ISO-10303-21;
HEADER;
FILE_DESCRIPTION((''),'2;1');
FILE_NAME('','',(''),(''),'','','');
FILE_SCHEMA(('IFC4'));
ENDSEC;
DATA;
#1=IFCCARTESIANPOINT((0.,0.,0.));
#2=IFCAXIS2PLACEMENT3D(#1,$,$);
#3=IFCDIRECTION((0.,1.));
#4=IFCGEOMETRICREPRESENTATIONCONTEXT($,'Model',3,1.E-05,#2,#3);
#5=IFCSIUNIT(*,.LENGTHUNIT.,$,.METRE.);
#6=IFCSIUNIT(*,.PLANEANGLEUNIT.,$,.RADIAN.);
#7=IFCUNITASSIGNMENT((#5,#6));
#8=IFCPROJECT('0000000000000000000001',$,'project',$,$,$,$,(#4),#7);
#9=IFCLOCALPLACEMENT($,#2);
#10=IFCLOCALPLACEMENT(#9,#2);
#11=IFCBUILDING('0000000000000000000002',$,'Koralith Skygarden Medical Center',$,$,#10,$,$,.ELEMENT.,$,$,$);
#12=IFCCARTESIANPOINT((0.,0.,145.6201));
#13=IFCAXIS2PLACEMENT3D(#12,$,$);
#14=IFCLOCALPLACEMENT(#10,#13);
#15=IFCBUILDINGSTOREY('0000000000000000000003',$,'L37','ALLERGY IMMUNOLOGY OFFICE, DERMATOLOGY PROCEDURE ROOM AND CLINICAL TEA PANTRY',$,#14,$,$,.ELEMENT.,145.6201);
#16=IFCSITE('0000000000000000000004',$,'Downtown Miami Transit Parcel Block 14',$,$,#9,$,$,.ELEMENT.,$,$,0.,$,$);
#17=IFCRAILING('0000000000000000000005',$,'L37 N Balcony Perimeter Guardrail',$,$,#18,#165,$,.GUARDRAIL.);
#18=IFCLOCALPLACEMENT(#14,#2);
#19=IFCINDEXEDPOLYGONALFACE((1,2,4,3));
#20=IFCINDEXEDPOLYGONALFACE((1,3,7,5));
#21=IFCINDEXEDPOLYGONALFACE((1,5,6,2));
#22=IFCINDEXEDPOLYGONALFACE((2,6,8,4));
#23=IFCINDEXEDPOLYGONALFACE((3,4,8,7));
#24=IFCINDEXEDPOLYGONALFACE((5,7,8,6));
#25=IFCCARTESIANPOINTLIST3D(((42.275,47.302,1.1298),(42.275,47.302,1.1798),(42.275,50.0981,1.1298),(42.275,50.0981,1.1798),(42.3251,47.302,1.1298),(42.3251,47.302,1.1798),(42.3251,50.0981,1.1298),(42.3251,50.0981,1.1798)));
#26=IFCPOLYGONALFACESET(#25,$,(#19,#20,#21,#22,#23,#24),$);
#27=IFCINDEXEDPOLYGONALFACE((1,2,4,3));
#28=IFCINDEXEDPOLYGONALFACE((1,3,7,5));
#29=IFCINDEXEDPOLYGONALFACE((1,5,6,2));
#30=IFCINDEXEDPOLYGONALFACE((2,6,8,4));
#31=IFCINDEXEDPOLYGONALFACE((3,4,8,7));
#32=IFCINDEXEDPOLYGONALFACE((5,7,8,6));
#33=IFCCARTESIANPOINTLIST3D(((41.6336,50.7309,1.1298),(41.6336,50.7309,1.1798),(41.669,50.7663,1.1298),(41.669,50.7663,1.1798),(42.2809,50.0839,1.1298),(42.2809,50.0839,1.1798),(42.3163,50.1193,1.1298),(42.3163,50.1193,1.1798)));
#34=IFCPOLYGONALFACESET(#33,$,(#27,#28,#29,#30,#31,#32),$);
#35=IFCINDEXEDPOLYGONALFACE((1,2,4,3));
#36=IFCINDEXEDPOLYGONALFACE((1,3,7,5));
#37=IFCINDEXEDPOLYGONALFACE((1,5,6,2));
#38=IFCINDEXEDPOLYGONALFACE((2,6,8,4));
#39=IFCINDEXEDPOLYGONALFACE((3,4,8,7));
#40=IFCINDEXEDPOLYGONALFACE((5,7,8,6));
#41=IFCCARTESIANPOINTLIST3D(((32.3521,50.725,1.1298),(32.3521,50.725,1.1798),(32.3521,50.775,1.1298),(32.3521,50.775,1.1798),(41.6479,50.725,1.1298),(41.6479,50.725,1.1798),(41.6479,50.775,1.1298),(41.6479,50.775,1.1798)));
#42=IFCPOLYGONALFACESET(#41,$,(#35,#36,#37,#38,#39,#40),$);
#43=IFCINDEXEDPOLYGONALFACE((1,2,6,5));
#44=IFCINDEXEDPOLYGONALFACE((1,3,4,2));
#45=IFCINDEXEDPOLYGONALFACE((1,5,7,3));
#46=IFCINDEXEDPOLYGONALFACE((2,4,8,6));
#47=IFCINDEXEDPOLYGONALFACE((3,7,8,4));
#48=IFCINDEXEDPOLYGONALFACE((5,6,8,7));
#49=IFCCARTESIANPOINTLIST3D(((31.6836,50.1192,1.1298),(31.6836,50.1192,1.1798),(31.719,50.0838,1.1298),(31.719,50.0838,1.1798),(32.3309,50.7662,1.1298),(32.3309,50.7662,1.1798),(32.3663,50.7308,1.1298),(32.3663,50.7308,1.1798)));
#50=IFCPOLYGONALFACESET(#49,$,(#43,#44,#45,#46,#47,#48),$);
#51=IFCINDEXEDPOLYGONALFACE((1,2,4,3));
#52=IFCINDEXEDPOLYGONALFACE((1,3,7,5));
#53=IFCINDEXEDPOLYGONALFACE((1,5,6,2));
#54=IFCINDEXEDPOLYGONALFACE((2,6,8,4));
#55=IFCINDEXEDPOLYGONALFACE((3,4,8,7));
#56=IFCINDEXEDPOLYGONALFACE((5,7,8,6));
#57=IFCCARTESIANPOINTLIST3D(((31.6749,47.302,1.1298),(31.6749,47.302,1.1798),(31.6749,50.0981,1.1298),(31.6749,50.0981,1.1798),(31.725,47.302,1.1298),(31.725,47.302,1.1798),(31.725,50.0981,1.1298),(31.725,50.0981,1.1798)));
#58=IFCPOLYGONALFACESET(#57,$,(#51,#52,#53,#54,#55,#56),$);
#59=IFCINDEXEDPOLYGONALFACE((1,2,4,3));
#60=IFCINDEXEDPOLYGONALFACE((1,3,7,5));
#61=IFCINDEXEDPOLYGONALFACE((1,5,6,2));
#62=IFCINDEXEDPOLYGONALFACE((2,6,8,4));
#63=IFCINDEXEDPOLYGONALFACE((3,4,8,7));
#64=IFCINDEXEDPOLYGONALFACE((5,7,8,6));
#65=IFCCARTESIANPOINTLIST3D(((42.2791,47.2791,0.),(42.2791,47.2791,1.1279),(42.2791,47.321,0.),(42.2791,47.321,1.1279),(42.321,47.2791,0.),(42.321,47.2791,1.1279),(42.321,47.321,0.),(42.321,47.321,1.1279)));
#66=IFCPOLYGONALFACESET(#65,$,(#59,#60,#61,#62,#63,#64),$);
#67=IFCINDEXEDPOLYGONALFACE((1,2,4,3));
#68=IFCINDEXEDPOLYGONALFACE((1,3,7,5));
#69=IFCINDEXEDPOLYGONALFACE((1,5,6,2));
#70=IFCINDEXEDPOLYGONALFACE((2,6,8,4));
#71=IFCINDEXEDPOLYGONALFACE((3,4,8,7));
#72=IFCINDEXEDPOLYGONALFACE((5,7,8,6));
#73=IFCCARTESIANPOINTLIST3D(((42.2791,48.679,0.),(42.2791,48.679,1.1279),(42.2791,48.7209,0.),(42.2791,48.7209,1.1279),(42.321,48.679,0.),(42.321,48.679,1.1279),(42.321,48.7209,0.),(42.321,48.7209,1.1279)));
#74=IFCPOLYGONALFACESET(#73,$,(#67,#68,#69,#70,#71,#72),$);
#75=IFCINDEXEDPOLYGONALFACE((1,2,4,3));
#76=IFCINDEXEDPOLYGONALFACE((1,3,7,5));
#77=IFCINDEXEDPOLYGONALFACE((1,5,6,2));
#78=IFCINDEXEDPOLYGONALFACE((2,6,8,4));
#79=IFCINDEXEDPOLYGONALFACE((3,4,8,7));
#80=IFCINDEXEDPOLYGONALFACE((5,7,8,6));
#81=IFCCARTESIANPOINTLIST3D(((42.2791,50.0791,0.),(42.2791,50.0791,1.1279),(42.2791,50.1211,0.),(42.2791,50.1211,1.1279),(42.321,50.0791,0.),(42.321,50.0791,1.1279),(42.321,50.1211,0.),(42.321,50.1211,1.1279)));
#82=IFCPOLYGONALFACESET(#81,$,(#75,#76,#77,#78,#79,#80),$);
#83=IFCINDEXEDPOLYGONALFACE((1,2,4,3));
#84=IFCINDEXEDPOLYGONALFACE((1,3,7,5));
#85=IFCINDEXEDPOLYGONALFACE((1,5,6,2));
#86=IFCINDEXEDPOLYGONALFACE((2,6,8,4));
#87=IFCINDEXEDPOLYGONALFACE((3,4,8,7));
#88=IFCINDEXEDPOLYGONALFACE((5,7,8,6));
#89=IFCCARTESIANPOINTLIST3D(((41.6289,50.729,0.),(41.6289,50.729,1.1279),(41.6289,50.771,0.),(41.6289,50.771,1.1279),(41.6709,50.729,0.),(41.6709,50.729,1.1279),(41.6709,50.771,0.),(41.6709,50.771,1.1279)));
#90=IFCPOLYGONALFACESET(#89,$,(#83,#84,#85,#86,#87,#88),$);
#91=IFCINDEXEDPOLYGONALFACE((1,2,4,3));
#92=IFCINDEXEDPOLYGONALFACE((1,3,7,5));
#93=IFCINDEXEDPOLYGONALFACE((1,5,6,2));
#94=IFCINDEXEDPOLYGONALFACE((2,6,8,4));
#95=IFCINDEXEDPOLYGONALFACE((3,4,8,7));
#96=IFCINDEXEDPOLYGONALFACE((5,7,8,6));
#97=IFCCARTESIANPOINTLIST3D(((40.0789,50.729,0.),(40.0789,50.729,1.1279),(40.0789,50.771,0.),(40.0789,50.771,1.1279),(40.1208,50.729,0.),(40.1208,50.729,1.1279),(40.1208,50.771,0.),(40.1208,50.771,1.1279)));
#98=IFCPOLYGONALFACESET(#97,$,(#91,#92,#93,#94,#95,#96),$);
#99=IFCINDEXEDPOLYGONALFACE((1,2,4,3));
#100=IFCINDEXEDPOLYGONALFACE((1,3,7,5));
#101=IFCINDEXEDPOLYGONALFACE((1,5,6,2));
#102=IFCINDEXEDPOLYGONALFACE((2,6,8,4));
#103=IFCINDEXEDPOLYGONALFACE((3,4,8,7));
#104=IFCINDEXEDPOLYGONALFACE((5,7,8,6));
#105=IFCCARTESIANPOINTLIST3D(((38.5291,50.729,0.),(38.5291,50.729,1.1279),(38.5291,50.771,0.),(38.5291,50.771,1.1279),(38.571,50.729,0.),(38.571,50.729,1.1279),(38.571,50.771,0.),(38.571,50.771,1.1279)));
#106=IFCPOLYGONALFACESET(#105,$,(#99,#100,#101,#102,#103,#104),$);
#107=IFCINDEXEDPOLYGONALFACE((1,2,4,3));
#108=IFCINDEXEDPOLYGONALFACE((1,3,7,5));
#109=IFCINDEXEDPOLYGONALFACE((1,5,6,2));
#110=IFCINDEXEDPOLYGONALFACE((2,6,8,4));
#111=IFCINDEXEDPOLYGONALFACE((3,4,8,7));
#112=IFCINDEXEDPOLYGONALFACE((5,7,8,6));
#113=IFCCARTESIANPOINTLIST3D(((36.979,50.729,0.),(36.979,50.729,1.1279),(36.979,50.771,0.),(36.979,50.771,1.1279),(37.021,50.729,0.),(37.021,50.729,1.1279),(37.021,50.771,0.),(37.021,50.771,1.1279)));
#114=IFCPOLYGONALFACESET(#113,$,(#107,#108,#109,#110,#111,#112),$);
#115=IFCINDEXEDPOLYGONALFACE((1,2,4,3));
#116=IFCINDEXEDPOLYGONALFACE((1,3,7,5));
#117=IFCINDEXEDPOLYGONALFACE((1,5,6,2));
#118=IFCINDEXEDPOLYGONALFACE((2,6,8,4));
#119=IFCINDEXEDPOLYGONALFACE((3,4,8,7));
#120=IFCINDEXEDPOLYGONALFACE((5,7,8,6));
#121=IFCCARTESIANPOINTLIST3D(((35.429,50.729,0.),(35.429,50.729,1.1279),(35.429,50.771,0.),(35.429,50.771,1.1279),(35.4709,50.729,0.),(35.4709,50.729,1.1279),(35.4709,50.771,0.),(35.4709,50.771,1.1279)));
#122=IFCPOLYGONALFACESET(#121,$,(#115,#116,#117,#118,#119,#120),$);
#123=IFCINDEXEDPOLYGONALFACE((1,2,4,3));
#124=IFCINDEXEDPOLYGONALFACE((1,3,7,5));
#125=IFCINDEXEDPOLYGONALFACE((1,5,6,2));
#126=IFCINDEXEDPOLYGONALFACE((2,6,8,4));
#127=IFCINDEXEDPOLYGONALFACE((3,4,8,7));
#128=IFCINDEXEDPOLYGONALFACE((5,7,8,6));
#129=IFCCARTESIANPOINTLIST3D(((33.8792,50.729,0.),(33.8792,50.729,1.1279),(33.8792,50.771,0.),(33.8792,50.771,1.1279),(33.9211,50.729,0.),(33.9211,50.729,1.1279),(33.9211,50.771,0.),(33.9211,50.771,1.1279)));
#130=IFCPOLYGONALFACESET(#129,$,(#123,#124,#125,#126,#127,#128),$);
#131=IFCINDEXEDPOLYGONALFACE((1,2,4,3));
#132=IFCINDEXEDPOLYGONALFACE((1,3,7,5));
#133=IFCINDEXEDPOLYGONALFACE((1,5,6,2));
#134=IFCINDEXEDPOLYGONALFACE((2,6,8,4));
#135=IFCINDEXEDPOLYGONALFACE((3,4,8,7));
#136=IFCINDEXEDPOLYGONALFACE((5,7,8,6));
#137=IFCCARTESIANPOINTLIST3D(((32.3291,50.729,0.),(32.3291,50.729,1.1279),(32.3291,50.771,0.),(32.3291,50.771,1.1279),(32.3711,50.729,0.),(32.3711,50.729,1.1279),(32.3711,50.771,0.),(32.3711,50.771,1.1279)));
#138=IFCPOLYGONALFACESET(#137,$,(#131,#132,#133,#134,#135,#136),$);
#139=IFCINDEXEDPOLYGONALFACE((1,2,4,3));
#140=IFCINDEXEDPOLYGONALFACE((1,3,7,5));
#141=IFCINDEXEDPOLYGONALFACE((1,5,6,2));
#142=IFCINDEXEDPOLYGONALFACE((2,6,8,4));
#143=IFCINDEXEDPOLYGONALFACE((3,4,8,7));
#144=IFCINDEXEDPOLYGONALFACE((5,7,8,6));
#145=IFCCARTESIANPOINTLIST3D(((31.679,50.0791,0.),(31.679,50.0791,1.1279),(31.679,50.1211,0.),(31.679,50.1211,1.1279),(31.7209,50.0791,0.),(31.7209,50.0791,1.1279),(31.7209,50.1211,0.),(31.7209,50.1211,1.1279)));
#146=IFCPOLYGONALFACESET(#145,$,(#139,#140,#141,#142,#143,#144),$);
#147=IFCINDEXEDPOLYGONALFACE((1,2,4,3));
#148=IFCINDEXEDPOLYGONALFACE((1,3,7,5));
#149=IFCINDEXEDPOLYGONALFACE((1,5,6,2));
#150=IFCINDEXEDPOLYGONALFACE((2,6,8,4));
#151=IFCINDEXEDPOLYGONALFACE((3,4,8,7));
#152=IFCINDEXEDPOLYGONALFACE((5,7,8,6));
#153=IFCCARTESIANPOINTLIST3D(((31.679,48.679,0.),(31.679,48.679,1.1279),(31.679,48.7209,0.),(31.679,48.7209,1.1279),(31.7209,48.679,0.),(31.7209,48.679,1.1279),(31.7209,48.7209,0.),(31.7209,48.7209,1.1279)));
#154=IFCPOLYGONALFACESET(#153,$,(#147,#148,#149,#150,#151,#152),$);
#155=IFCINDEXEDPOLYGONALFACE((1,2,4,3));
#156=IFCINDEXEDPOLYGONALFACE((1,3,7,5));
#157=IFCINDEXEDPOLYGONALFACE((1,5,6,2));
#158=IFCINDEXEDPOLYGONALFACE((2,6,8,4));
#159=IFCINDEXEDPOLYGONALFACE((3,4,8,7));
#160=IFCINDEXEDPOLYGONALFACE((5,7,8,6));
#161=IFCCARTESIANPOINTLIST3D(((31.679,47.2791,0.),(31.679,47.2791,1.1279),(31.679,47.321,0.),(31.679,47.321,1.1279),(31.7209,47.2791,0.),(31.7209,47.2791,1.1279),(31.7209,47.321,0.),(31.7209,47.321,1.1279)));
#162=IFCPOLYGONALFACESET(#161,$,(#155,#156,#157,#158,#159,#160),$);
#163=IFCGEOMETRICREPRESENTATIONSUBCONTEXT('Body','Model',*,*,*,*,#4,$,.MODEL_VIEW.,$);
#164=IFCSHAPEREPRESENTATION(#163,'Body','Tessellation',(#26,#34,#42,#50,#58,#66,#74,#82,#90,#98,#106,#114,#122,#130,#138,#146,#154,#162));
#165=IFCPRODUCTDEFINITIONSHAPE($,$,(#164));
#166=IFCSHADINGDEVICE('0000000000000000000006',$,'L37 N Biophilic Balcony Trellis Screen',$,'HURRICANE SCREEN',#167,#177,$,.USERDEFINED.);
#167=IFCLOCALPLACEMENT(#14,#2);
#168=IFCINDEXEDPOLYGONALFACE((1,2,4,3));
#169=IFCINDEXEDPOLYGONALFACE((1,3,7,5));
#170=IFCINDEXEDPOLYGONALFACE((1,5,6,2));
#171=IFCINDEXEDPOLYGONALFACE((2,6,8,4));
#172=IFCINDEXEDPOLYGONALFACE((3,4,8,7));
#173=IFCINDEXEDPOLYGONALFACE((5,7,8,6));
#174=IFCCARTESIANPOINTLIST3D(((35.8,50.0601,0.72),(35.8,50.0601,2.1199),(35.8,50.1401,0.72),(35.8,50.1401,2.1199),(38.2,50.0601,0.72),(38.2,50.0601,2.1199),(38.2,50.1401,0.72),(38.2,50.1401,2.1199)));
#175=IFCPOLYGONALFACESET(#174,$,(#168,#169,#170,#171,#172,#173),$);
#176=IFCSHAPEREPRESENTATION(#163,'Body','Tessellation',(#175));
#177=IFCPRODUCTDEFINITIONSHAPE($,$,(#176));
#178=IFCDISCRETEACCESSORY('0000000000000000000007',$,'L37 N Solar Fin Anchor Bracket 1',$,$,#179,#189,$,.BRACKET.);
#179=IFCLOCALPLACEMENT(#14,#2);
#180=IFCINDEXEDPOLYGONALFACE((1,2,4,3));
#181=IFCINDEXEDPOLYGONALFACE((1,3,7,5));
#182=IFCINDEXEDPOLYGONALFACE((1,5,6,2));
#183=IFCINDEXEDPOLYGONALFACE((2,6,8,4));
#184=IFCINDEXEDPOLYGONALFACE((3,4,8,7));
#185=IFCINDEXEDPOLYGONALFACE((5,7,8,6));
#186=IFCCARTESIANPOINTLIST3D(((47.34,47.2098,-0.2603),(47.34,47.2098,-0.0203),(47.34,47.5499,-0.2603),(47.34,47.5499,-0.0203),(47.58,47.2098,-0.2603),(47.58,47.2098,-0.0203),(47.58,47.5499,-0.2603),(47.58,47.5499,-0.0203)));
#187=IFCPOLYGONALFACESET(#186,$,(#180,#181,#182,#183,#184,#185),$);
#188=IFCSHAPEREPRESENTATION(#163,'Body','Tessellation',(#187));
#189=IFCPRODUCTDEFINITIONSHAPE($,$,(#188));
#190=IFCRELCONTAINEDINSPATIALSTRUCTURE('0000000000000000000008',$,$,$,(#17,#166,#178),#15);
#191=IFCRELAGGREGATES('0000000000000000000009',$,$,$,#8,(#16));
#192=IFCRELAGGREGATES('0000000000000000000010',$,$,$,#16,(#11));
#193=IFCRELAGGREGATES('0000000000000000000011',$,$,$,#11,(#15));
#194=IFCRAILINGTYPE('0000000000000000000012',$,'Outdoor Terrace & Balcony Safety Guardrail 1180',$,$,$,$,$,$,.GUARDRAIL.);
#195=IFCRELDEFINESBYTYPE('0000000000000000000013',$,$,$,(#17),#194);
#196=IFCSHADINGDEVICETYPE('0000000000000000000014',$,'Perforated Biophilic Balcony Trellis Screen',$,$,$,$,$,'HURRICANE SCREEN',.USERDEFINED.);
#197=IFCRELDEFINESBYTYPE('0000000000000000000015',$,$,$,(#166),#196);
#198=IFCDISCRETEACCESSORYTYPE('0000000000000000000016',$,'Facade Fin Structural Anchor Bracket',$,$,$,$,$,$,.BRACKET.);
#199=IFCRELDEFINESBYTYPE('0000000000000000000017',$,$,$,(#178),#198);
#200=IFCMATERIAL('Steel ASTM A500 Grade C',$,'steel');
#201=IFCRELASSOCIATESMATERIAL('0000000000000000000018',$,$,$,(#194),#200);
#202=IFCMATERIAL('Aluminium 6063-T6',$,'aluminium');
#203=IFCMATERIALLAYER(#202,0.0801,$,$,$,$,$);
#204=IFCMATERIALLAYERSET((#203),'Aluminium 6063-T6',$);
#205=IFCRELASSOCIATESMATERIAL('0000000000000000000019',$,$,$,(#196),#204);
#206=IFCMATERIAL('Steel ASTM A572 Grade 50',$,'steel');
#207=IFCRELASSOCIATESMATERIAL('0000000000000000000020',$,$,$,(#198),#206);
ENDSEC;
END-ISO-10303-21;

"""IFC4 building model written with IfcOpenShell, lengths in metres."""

from ifc_helpers import new_model, si_unit, direction, frame, origin, origin_2d, place, context, subcontext, project, spatial, rectangle, extrude, material, layer, layer_set, type_object, element, save


model = new_model("IFC4")

# Units and contexts
model_context = context("Model", 3, precision=1e-05, world=origin(), true_north=direction((0.0, 1.0)))
body_context = subcontext(model_context, "Body", "Model", "MODEL_VIEW")
ifc_project = project(units=[si_unit("LENGTHUNIT", "METRE"), si_unit("PLANEANGLEUNIT", "RADIAN")], contexts=[model_context])

# Site, building, storey
site_placement = place(None, origin())
site = spatial("IfcSite", under=ifc_project, at=site_placement, Name="Downtown Miami Transit Parcel Block 14", CompositionType="ELEMENT", RefElevation=0.0)
building_placement = place(site_placement, origin())
building = spatial("IfcBuilding", under=site, at=building_placement, Name="Koralith Skygarden Medical Center", CompositionType="ELEMENT")
storey_placement = place(building_placement, frame((0.0, 0.0, 145.6201)))
storey = spatial("IfcBuildingStorey", under=building, at=storey_placement, Name="L37", Description="ALLERGY IMMUNOLOGY OFFICE, DERMATOLOGY PROCEDURE ROOM AND CLINICAL TEA PANTRY", CompositionType="ELEMENT", Elevation=145.6201)

# Shared definitions
ifc_material_1 = material(Name="Aluminium 6063-T6", Category="aluminium")

# Shared definitions
ifc_material_2 = material(Name="Steel ASTM A500 Grade C", Category="steel")

# Railing
railing_type = type_object("IfcRailingType", Name="Outdoor Terrace & Balcony Safety Guardrail 1180", PredefinedType="GUARDRAIL", material=ifc_material_2)
railing_placement = place(storey_placement, frame((42.3, 47.3, 0.0)))
element("IfcRailing", 1, at=railing_placement, inside=storey, type_object=railing_type, Name="L37 N Balcony Perimeter Guardrail", PredefinedType="GUARDRAIL", context=body_context, shape_type="SweptSolid", body=[
    extrude(rectangle(XDim=0.05, YDim=0.05, at=origin_2d()), frame((0.0, 0.002, 1.1548), z_axis=(0.0, 1.0, 0.0), x_axis=(-1.0, 0.0, 0.0)), (0.0, 0.0, 1.0), 2.7961),
    extrude(rectangle(XDim=0.05, YDim=0.05, at=origin_2d()), frame((-0.0015, 2.8015, 1.1548), z_axis=(-0.70724, 0.706974, 0.0), x_axis=(-0.706974, -0.70724, 0.0)), (0.0, 0.0, 1.0), 0.9153),
    extrude(rectangle(XDim=0.05, YDim=0.05, at=origin_2d()), frame((-0.6521, 3.45, 1.1548), z_axis=(-1.0, 0.0, 0.0), x_axis=(0.0, -1.0, 0.0)), (0.0, 0.0, 1.0), 9.2959),
    extrude(rectangle(XDim=0.05, YDim=0.05, at=origin_2d()), frame((-9.9514, 3.4485, 1.1548), z_axis=(-0.70724, -0.706974, 0.0), x_axis=(0.706974, -0.70724, 0.0)), (0.0, 0.0, 1.0), 0.9153),
    extrude(rectangle(XDim=0.05, YDim=0.05, at=origin_2d()), frame((-10.6001, 2.7981, 1.1548), z_axis=(0.0, -1.0, 0.0), x_axis=(1.0, 0.0, 0.0)), (0.0, 0.0, 1.0), 2.7961),
    extrude(rectangle(XDim=0.042, YDim=0.042, at=origin_2d()), origin(), (0.0, 0.0, 1.0), 1.1279),
    extrude(rectangle(XDim=0.042, YDim=0.042, at=origin_2d()), frame((0.0, 1.3999, 0.0)), (0.0, 0.0, 1.0), 1.1279),
    extrude(rectangle(XDim=0.042, YDim=0.042, at=origin_2d()), frame((0.0, 2.8, 0.0)), (0.0, 0.0, 1.0), 1.1279),
    extrude(rectangle(XDim=0.042, YDim=0.042, at=origin_2d()), frame((-0.6501, 3.45, 0.0)), (0.0, 0.0, 1.0), 1.1279),
    extrude(rectangle(XDim=0.042, YDim=0.042, at=origin_2d()), frame((-2.2002, 3.45, 0.0)), (0.0, 0.0, 1.0), 1.1279),
    extrude(rectangle(XDim=0.042, YDim=0.042, at=origin_2d()), frame((-3.75, 3.45, 0.0)), (0.0, 0.0, 1.0), 1.1279),
    extrude(rectangle(XDim=0.042, YDim=0.042, at=origin_2d()), frame((-5.3, 3.45, 0.0)), (0.0, 0.0, 1.0), 1.1279),
    extrude(rectangle(XDim=0.042, YDim=0.042, at=origin_2d()), frame((-6.8501, 3.45, 0.0)), (0.0, 0.0, 1.0), 1.1279),
    extrude(rectangle(XDim=0.042, YDim=0.042, at=origin_2d()), frame((-8.3999, 3.45, 0.0)), (0.0, 0.0, 1.0), 1.1279),
    extrude(rectangle(XDim=0.042, YDim=0.042, at=origin_2d()), frame((-9.95, 3.45, 0.0)), (0.0, 0.0, 1.0), 1.1279),
    extrude(rectangle(XDim=0.042, YDim=0.042, at=origin_2d()), frame((-10.6001, 2.8, 0.0)), (0.0, 0.0, 1.0), 1.1279),
    extrude(rectangle(XDim=0.042, YDim=0.042, at=origin_2d()), frame((-10.6001, 1.3999, 0.0)), (0.0, 0.0, 1.0), 1.1279),
    extrude(rectangle(XDim=0.042, YDim=0.042, at=origin_2d()), frame((-10.6001, 0.0, 0.0)), (0.0, 0.0, 1.0), 1.1279),
])

# Shading device
ifc_layer_1 = layer(ifc_material_1, 0.0801)
ifc_layer_set_1 = layer_set([ifc_layer_1], Name="Aluminium 6063-T6")
shading_device_type_1 = type_object("IfcShadingDeviceType", Name="Perforated Biophilic Balcony Trellis Screen", ElementType="HURRICANE SCREEN", PredefinedType="USERDEFINED", material=ifc_layer_set_1)
shading_device_1_placement = place(storey_placement, frame((37.0, 50.1001, 0.72), z_axis=(0.0, 0.0, 1.0), x_axis=(1.0, 0.0, 0.0)))
element("IfcShadingDevice", 2, at=shading_device_1_placement, inside=storey, type_object=shading_device_type_1, Name="L37 N Biophilic Balcony Trellis Screen", ObjectType="HURRICANE SCREEN", PredefinedType="USERDEFINED", context=body_context, shape_type="SweptSolid", body=[
    extrude(rectangle(XDim=2.3999, YDim=0.0801, at=origin_2d()), origin(), (0.0, 0.0, 1.0), 1.3999),
])

# Discrete accessory
ifc_material_3 = material(Name="Steel ASTM A572 Grade 50", Category="steel")
discrete_accessory_type = type_object("IfcDiscreteAccessoryType", Name="Facade Fin Structural Anchor Bracket", PredefinedType="BRACKET", material=ifc_material_3)
discrete_accessory_placement = place(storey_placement, frame((47.46, 47.3799, -0.2603), z_axis=(0.0, 0.0, 1.0), x_axis=(0.0, 1.0, 0.0)))
element("IfcDiscreteAccessory", 3, at=discrete_accessory_placement, inside=storey, type_object=discrete_accessory_type, Name="L37 N Solar Fin Anchor Bracket 1", PredefinedType="BRACKET", context=body_context, shape_type="SweptSolid", body=[
    extrude(rectangle(XDim=0.3401, YDim=0.24, at=origin_2d()), origin(), (0.0, 0.0, 1.0), 0.24),
])

save(model, "model.ifc")
